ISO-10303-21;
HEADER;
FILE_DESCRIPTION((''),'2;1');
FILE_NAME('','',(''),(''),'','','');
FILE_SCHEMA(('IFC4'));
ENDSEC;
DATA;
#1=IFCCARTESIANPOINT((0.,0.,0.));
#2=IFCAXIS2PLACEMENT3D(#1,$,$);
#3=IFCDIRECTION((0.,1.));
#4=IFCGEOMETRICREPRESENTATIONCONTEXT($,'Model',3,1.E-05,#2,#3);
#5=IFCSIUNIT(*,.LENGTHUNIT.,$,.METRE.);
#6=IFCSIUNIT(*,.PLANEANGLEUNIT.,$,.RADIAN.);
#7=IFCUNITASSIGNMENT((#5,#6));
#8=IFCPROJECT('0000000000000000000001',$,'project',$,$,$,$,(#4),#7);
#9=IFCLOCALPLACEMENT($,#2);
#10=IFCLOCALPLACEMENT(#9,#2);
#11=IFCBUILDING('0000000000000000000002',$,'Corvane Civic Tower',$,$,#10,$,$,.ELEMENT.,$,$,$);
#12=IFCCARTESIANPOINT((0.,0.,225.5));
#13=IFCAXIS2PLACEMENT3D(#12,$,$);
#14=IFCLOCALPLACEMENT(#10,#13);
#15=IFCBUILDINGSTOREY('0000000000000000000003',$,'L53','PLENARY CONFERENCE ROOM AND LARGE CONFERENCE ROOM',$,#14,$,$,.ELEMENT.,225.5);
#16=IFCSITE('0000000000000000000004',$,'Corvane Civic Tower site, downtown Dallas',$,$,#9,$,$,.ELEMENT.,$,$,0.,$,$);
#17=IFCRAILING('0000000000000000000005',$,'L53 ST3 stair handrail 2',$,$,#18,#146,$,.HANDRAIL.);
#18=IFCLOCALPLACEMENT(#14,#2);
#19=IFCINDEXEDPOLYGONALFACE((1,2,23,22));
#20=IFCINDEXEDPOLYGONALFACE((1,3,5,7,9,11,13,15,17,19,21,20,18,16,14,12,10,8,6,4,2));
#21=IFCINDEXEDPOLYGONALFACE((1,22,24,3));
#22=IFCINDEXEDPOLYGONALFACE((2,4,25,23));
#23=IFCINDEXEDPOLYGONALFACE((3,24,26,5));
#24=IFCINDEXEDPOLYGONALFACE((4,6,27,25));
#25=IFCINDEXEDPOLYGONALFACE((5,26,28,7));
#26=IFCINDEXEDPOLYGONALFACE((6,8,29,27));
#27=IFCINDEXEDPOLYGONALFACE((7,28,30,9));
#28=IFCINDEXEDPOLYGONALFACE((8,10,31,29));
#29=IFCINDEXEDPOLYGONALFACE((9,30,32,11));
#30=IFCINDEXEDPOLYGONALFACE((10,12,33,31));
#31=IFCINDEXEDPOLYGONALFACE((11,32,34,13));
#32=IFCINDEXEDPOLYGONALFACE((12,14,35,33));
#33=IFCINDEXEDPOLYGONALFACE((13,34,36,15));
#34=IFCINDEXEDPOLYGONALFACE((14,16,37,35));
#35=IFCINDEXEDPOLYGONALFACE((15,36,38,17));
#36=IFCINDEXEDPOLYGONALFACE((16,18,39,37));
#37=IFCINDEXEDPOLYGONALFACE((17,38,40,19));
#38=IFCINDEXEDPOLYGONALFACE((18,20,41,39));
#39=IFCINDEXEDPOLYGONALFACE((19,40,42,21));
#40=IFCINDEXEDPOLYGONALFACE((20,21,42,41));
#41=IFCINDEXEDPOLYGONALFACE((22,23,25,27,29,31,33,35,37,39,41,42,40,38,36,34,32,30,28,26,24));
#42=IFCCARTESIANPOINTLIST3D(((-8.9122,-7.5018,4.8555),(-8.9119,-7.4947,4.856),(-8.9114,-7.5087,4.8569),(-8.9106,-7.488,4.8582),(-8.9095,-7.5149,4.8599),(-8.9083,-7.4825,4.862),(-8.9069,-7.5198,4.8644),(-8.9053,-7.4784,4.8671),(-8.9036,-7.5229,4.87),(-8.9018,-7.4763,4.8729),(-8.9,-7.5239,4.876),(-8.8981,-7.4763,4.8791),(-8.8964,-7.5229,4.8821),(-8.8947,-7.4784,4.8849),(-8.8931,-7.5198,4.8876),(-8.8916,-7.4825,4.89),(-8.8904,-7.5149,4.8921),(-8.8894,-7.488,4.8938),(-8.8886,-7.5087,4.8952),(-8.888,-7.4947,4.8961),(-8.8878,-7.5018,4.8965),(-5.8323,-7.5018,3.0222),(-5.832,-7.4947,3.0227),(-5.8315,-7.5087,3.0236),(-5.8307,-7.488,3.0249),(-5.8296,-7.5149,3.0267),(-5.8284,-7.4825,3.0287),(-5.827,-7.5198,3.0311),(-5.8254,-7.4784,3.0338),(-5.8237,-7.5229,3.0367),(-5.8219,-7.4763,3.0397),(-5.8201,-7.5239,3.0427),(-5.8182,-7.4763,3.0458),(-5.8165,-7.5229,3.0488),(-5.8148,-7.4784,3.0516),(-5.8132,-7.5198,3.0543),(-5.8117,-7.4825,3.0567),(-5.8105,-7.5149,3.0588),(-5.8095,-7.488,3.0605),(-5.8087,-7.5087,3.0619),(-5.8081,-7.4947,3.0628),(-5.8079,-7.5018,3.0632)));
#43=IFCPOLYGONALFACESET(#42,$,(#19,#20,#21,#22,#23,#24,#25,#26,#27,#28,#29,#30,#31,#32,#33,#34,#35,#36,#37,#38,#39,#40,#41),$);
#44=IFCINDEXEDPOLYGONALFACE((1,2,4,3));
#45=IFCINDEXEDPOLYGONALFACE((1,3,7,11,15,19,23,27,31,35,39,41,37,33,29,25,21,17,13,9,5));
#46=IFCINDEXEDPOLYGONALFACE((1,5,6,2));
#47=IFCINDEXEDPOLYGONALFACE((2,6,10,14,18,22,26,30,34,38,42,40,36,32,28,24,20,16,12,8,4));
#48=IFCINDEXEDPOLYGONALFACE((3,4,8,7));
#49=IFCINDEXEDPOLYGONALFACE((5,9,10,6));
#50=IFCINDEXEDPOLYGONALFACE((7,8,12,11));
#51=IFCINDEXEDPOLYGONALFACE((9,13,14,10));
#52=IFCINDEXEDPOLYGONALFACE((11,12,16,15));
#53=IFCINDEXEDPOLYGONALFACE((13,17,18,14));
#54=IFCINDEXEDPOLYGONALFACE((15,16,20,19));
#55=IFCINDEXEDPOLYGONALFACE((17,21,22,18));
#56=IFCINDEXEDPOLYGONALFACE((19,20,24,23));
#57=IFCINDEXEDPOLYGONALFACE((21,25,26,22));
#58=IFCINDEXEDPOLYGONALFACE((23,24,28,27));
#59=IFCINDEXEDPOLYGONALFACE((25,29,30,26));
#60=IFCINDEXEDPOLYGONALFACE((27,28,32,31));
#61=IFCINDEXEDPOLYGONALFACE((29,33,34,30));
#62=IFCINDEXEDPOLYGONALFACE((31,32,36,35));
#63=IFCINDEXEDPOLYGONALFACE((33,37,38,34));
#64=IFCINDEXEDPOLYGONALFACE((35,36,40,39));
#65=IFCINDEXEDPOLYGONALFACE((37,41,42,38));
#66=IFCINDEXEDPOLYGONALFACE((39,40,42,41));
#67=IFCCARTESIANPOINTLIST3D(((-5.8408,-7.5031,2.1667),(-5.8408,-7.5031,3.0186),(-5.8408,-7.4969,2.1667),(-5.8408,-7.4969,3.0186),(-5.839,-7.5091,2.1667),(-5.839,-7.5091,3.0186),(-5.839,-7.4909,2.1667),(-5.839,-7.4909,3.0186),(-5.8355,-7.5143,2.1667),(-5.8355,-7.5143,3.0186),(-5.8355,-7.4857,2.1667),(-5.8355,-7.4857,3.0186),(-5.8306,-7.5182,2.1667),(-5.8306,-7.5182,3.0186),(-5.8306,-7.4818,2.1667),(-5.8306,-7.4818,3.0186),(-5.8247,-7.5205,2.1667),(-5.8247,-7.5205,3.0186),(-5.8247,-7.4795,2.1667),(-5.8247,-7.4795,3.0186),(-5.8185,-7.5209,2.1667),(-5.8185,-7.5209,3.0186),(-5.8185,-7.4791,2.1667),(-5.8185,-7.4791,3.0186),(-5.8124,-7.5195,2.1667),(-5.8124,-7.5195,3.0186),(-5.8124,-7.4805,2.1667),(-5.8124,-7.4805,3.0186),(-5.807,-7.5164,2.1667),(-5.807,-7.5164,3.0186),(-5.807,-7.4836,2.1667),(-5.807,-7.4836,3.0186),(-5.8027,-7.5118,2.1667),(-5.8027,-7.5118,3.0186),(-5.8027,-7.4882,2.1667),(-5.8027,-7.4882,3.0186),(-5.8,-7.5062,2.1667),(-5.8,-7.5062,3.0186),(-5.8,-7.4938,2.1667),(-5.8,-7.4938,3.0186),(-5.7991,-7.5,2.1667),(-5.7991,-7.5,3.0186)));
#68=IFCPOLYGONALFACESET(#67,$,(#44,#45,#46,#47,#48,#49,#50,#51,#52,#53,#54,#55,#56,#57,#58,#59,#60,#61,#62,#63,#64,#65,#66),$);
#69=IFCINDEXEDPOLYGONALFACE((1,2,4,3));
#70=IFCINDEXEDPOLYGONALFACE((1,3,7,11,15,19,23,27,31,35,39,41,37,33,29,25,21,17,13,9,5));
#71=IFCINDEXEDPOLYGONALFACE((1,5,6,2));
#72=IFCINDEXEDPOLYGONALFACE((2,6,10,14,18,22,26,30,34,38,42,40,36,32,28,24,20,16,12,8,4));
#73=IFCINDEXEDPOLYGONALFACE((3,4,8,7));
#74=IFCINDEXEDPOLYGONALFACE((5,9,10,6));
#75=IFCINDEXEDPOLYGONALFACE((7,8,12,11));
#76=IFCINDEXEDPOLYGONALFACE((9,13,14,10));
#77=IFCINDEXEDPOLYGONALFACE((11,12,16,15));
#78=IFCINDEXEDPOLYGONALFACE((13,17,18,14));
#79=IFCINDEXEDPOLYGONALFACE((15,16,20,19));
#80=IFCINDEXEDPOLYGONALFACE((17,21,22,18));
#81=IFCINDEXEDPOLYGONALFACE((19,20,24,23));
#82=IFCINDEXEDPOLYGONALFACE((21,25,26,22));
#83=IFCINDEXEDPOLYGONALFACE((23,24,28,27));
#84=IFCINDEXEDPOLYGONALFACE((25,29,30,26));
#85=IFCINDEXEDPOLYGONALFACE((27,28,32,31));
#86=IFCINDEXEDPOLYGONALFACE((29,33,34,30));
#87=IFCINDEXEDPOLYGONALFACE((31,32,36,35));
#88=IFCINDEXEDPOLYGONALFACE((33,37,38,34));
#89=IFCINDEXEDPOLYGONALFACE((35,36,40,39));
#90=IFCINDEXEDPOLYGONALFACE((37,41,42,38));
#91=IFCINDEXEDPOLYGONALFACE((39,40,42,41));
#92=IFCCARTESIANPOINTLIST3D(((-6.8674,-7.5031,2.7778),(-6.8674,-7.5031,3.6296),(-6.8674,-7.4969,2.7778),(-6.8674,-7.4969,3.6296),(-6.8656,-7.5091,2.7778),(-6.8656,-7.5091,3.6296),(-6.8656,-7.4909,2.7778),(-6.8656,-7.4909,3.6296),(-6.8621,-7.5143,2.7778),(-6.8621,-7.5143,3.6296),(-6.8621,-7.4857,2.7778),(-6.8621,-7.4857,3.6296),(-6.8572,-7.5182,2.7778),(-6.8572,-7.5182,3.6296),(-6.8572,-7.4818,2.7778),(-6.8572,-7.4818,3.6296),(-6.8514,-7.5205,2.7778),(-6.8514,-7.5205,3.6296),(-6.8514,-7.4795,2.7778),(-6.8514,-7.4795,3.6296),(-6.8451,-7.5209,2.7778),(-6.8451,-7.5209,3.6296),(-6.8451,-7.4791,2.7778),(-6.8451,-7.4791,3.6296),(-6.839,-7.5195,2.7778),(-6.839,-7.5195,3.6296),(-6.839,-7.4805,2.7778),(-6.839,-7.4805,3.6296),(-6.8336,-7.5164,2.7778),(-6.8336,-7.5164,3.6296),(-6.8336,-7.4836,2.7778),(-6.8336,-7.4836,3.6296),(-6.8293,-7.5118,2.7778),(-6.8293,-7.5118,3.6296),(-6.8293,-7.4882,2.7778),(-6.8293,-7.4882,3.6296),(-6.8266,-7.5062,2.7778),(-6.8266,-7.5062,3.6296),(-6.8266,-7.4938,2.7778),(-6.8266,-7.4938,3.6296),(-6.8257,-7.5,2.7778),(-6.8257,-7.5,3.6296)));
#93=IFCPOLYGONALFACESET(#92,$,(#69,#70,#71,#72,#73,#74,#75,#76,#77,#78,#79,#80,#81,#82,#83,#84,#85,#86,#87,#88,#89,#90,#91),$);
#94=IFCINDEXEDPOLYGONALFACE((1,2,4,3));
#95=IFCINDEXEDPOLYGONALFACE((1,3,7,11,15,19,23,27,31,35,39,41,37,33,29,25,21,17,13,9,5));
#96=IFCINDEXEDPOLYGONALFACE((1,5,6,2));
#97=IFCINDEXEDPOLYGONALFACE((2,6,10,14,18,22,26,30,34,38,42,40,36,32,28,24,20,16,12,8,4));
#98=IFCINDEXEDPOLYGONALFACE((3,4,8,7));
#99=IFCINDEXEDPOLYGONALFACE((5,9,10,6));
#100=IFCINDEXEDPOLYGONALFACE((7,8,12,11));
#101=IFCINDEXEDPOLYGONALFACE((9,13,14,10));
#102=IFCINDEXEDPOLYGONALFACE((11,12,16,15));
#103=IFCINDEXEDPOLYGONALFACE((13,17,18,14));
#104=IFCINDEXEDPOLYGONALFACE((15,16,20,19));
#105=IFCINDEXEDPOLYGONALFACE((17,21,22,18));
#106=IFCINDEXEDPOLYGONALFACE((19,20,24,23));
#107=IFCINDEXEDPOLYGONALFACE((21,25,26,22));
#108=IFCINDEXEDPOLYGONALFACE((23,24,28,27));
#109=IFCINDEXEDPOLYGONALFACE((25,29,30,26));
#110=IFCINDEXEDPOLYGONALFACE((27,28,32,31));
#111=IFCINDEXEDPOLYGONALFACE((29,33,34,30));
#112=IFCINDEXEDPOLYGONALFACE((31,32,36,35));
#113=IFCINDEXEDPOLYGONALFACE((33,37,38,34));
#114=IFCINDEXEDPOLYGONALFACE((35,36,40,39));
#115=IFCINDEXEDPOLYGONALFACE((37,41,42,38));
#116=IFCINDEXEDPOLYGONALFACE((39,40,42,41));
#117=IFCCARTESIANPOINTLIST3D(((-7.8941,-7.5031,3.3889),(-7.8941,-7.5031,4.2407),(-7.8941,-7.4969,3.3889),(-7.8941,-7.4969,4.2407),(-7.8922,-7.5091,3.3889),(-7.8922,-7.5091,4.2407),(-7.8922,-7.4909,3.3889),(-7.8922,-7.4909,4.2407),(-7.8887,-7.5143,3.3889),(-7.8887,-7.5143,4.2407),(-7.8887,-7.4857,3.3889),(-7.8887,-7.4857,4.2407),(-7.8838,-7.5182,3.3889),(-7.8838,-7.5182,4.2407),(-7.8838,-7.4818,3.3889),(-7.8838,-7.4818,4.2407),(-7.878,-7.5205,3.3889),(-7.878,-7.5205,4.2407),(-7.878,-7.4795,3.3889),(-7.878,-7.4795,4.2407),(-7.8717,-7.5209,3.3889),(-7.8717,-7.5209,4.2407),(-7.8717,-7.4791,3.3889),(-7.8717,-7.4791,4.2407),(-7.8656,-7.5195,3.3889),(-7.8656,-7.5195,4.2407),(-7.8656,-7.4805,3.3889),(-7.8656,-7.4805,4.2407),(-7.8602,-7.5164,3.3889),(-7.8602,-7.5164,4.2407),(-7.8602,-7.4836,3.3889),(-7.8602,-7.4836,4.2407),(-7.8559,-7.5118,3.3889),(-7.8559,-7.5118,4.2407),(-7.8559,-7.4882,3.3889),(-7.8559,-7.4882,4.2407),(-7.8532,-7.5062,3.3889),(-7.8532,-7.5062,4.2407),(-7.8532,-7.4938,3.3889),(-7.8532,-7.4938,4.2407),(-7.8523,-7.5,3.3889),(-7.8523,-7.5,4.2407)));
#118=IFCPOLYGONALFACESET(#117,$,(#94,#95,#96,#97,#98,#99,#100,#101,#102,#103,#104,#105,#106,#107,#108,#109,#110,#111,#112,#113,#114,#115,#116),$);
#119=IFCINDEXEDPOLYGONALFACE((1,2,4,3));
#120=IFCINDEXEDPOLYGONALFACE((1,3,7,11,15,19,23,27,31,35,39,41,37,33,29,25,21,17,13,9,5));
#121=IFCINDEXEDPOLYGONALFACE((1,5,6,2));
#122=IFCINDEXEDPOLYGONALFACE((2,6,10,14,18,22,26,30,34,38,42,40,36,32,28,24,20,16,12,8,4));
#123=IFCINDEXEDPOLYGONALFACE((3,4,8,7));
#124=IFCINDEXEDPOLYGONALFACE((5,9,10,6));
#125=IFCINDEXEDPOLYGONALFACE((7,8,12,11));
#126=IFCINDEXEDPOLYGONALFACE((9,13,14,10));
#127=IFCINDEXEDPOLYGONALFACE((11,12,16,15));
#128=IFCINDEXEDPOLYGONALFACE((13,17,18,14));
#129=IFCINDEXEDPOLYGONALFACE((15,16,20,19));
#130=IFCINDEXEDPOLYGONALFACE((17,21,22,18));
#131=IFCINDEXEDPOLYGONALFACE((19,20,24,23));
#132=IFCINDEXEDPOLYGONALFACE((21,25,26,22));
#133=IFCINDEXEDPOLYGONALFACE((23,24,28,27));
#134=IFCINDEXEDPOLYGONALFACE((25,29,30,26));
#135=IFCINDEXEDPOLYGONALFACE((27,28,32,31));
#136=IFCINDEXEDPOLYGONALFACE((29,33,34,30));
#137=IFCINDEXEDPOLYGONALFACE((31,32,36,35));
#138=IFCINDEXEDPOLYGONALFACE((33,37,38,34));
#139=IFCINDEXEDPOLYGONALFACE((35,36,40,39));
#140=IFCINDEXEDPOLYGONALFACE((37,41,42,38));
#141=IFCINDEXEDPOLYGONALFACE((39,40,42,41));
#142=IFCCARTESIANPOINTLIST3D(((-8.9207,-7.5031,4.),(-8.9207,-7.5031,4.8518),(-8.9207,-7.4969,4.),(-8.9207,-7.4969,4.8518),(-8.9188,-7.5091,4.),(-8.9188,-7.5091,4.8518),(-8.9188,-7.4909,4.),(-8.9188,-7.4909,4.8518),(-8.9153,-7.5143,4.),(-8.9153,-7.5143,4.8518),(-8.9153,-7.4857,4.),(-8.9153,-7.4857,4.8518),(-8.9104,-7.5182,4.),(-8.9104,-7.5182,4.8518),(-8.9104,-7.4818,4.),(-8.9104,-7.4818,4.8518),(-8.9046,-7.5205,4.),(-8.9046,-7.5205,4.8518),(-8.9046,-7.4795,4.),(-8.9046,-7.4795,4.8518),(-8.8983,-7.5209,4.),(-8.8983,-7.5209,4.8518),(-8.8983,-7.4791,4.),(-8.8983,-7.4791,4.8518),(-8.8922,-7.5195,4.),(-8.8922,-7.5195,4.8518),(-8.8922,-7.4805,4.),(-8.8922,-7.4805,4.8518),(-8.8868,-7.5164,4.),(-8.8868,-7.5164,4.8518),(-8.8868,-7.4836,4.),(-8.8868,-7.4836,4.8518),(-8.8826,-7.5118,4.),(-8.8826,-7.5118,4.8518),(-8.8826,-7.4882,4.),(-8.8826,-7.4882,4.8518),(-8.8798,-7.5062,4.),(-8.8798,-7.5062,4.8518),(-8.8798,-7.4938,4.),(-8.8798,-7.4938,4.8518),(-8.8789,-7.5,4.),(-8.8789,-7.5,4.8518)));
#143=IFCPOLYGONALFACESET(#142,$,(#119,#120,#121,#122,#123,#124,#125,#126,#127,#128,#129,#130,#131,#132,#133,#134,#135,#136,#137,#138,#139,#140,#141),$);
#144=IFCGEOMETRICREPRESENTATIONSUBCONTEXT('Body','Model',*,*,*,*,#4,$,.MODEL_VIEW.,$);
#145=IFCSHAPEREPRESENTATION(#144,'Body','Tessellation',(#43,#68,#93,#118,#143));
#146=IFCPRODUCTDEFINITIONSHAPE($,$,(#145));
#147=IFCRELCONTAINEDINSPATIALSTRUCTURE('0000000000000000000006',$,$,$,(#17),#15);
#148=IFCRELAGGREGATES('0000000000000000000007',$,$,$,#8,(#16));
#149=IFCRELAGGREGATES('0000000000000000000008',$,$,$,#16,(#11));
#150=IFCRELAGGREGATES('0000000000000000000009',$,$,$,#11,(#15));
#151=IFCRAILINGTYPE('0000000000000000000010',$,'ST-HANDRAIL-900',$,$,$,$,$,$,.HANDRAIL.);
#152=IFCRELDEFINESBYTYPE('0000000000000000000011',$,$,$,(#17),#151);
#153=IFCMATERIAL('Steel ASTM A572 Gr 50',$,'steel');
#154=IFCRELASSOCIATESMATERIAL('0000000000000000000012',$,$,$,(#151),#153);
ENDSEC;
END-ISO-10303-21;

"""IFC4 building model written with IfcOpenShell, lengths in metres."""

from ifc_helpers import new_model, si_unit, direction, frame, origin, origin_2d, place, context, subcontext, project, spatial, circle, extrude, material, type_object, element, save


model = new_model("IFC4")

# Units and contexts
model_context = context("Model", 3, precision=1e-05, world=origin(), true_north=direction((0.0, 1.0)))
body_context = subcontext(model_context, "Body", "Model", "MODEL_VIEW")
ifc_project = project(units=[si_unit("LENGTHUNIT", "METRE"), si_unit("PLANEANGLEUNIT", "RADIAN")], contexts=[model_context])

# Site, building, storey
site_placement = place(None, origin())
site = spatial("IfcSite", under=ifc_project, at=site_placement, Name="Corvane Civic Tower site, downtown Dallas", CompositionType="ELEMENT", RefElevation=0.0)
building_placement = place(site_placement, origin())
building = spatial("IfcBuilding", under=site, at=building_placement, Name="Corvane Civic Tower", CompositionType="ELEMENT")
storey_placement = place(building_placement, frame((0.0, 0.0, 225.5)))
storey = spatial("IfcBuildingStorey", under=building, at=storey_placement, Name="L53", Description="PLENARY CONFERENCE ROOM AND LARGE CONFERENCE ROOM", CompositionType="ELEMENT", Elevation=225.5)

# Railing
ifc_material_1 = material(Name="Steel ASTM A572 Gr 50", Category="steel")
railing_type = type_object("IfcRailingType", Name="ST-HANDRAIL-900", PredefinedType="HANDRAIL", material=ifc_material_1)
railing_placement = place(storey_placement, frame((-5.8201, -7.5, 2.1667)))
element("IfcRailing", 1, at=railing_placement, inside=storey, type_object=railing_type, Name="L53 ST3 stair handrail 2", PredefinedType="HANDRAIL", context=body_context, shape_type="SweptSolid", body=[
    extrude(circle(Radius=0.0239, at=origin_2d()), frame((0.0, 0.0, 0.876), z_axis=(-0.859291, 0.0, 0.511487), x_axis=(0.0, -1.0, 0.0)), (0.0, 0.0, 1.0), 3.5842),
    extrude(circle(Radius=0.021, at=origin_2d()), origin(), (0.0, 0.0, 1.0), 0.8518),
    extrude(circle(Radius=0.021, at=origin_2d()), frame((-1.0266, 0.0, 0.6111)), (0.0, 0.0, 1.0), 0.8518),
    extrude(circle(Radius=0.021, at=origin_2d()), frame((-2.0532, 0.0, 1.2222)), (0.0, 0.0, 1.0), 0.8518),
    extrude(circle(Radius=0.021, at=origin_2d()), frame((-3.0798, 0.0, 1.8333)), (0.0, 0.0, 1.0), 0.8518),
])

save(model, "model.ifc")
